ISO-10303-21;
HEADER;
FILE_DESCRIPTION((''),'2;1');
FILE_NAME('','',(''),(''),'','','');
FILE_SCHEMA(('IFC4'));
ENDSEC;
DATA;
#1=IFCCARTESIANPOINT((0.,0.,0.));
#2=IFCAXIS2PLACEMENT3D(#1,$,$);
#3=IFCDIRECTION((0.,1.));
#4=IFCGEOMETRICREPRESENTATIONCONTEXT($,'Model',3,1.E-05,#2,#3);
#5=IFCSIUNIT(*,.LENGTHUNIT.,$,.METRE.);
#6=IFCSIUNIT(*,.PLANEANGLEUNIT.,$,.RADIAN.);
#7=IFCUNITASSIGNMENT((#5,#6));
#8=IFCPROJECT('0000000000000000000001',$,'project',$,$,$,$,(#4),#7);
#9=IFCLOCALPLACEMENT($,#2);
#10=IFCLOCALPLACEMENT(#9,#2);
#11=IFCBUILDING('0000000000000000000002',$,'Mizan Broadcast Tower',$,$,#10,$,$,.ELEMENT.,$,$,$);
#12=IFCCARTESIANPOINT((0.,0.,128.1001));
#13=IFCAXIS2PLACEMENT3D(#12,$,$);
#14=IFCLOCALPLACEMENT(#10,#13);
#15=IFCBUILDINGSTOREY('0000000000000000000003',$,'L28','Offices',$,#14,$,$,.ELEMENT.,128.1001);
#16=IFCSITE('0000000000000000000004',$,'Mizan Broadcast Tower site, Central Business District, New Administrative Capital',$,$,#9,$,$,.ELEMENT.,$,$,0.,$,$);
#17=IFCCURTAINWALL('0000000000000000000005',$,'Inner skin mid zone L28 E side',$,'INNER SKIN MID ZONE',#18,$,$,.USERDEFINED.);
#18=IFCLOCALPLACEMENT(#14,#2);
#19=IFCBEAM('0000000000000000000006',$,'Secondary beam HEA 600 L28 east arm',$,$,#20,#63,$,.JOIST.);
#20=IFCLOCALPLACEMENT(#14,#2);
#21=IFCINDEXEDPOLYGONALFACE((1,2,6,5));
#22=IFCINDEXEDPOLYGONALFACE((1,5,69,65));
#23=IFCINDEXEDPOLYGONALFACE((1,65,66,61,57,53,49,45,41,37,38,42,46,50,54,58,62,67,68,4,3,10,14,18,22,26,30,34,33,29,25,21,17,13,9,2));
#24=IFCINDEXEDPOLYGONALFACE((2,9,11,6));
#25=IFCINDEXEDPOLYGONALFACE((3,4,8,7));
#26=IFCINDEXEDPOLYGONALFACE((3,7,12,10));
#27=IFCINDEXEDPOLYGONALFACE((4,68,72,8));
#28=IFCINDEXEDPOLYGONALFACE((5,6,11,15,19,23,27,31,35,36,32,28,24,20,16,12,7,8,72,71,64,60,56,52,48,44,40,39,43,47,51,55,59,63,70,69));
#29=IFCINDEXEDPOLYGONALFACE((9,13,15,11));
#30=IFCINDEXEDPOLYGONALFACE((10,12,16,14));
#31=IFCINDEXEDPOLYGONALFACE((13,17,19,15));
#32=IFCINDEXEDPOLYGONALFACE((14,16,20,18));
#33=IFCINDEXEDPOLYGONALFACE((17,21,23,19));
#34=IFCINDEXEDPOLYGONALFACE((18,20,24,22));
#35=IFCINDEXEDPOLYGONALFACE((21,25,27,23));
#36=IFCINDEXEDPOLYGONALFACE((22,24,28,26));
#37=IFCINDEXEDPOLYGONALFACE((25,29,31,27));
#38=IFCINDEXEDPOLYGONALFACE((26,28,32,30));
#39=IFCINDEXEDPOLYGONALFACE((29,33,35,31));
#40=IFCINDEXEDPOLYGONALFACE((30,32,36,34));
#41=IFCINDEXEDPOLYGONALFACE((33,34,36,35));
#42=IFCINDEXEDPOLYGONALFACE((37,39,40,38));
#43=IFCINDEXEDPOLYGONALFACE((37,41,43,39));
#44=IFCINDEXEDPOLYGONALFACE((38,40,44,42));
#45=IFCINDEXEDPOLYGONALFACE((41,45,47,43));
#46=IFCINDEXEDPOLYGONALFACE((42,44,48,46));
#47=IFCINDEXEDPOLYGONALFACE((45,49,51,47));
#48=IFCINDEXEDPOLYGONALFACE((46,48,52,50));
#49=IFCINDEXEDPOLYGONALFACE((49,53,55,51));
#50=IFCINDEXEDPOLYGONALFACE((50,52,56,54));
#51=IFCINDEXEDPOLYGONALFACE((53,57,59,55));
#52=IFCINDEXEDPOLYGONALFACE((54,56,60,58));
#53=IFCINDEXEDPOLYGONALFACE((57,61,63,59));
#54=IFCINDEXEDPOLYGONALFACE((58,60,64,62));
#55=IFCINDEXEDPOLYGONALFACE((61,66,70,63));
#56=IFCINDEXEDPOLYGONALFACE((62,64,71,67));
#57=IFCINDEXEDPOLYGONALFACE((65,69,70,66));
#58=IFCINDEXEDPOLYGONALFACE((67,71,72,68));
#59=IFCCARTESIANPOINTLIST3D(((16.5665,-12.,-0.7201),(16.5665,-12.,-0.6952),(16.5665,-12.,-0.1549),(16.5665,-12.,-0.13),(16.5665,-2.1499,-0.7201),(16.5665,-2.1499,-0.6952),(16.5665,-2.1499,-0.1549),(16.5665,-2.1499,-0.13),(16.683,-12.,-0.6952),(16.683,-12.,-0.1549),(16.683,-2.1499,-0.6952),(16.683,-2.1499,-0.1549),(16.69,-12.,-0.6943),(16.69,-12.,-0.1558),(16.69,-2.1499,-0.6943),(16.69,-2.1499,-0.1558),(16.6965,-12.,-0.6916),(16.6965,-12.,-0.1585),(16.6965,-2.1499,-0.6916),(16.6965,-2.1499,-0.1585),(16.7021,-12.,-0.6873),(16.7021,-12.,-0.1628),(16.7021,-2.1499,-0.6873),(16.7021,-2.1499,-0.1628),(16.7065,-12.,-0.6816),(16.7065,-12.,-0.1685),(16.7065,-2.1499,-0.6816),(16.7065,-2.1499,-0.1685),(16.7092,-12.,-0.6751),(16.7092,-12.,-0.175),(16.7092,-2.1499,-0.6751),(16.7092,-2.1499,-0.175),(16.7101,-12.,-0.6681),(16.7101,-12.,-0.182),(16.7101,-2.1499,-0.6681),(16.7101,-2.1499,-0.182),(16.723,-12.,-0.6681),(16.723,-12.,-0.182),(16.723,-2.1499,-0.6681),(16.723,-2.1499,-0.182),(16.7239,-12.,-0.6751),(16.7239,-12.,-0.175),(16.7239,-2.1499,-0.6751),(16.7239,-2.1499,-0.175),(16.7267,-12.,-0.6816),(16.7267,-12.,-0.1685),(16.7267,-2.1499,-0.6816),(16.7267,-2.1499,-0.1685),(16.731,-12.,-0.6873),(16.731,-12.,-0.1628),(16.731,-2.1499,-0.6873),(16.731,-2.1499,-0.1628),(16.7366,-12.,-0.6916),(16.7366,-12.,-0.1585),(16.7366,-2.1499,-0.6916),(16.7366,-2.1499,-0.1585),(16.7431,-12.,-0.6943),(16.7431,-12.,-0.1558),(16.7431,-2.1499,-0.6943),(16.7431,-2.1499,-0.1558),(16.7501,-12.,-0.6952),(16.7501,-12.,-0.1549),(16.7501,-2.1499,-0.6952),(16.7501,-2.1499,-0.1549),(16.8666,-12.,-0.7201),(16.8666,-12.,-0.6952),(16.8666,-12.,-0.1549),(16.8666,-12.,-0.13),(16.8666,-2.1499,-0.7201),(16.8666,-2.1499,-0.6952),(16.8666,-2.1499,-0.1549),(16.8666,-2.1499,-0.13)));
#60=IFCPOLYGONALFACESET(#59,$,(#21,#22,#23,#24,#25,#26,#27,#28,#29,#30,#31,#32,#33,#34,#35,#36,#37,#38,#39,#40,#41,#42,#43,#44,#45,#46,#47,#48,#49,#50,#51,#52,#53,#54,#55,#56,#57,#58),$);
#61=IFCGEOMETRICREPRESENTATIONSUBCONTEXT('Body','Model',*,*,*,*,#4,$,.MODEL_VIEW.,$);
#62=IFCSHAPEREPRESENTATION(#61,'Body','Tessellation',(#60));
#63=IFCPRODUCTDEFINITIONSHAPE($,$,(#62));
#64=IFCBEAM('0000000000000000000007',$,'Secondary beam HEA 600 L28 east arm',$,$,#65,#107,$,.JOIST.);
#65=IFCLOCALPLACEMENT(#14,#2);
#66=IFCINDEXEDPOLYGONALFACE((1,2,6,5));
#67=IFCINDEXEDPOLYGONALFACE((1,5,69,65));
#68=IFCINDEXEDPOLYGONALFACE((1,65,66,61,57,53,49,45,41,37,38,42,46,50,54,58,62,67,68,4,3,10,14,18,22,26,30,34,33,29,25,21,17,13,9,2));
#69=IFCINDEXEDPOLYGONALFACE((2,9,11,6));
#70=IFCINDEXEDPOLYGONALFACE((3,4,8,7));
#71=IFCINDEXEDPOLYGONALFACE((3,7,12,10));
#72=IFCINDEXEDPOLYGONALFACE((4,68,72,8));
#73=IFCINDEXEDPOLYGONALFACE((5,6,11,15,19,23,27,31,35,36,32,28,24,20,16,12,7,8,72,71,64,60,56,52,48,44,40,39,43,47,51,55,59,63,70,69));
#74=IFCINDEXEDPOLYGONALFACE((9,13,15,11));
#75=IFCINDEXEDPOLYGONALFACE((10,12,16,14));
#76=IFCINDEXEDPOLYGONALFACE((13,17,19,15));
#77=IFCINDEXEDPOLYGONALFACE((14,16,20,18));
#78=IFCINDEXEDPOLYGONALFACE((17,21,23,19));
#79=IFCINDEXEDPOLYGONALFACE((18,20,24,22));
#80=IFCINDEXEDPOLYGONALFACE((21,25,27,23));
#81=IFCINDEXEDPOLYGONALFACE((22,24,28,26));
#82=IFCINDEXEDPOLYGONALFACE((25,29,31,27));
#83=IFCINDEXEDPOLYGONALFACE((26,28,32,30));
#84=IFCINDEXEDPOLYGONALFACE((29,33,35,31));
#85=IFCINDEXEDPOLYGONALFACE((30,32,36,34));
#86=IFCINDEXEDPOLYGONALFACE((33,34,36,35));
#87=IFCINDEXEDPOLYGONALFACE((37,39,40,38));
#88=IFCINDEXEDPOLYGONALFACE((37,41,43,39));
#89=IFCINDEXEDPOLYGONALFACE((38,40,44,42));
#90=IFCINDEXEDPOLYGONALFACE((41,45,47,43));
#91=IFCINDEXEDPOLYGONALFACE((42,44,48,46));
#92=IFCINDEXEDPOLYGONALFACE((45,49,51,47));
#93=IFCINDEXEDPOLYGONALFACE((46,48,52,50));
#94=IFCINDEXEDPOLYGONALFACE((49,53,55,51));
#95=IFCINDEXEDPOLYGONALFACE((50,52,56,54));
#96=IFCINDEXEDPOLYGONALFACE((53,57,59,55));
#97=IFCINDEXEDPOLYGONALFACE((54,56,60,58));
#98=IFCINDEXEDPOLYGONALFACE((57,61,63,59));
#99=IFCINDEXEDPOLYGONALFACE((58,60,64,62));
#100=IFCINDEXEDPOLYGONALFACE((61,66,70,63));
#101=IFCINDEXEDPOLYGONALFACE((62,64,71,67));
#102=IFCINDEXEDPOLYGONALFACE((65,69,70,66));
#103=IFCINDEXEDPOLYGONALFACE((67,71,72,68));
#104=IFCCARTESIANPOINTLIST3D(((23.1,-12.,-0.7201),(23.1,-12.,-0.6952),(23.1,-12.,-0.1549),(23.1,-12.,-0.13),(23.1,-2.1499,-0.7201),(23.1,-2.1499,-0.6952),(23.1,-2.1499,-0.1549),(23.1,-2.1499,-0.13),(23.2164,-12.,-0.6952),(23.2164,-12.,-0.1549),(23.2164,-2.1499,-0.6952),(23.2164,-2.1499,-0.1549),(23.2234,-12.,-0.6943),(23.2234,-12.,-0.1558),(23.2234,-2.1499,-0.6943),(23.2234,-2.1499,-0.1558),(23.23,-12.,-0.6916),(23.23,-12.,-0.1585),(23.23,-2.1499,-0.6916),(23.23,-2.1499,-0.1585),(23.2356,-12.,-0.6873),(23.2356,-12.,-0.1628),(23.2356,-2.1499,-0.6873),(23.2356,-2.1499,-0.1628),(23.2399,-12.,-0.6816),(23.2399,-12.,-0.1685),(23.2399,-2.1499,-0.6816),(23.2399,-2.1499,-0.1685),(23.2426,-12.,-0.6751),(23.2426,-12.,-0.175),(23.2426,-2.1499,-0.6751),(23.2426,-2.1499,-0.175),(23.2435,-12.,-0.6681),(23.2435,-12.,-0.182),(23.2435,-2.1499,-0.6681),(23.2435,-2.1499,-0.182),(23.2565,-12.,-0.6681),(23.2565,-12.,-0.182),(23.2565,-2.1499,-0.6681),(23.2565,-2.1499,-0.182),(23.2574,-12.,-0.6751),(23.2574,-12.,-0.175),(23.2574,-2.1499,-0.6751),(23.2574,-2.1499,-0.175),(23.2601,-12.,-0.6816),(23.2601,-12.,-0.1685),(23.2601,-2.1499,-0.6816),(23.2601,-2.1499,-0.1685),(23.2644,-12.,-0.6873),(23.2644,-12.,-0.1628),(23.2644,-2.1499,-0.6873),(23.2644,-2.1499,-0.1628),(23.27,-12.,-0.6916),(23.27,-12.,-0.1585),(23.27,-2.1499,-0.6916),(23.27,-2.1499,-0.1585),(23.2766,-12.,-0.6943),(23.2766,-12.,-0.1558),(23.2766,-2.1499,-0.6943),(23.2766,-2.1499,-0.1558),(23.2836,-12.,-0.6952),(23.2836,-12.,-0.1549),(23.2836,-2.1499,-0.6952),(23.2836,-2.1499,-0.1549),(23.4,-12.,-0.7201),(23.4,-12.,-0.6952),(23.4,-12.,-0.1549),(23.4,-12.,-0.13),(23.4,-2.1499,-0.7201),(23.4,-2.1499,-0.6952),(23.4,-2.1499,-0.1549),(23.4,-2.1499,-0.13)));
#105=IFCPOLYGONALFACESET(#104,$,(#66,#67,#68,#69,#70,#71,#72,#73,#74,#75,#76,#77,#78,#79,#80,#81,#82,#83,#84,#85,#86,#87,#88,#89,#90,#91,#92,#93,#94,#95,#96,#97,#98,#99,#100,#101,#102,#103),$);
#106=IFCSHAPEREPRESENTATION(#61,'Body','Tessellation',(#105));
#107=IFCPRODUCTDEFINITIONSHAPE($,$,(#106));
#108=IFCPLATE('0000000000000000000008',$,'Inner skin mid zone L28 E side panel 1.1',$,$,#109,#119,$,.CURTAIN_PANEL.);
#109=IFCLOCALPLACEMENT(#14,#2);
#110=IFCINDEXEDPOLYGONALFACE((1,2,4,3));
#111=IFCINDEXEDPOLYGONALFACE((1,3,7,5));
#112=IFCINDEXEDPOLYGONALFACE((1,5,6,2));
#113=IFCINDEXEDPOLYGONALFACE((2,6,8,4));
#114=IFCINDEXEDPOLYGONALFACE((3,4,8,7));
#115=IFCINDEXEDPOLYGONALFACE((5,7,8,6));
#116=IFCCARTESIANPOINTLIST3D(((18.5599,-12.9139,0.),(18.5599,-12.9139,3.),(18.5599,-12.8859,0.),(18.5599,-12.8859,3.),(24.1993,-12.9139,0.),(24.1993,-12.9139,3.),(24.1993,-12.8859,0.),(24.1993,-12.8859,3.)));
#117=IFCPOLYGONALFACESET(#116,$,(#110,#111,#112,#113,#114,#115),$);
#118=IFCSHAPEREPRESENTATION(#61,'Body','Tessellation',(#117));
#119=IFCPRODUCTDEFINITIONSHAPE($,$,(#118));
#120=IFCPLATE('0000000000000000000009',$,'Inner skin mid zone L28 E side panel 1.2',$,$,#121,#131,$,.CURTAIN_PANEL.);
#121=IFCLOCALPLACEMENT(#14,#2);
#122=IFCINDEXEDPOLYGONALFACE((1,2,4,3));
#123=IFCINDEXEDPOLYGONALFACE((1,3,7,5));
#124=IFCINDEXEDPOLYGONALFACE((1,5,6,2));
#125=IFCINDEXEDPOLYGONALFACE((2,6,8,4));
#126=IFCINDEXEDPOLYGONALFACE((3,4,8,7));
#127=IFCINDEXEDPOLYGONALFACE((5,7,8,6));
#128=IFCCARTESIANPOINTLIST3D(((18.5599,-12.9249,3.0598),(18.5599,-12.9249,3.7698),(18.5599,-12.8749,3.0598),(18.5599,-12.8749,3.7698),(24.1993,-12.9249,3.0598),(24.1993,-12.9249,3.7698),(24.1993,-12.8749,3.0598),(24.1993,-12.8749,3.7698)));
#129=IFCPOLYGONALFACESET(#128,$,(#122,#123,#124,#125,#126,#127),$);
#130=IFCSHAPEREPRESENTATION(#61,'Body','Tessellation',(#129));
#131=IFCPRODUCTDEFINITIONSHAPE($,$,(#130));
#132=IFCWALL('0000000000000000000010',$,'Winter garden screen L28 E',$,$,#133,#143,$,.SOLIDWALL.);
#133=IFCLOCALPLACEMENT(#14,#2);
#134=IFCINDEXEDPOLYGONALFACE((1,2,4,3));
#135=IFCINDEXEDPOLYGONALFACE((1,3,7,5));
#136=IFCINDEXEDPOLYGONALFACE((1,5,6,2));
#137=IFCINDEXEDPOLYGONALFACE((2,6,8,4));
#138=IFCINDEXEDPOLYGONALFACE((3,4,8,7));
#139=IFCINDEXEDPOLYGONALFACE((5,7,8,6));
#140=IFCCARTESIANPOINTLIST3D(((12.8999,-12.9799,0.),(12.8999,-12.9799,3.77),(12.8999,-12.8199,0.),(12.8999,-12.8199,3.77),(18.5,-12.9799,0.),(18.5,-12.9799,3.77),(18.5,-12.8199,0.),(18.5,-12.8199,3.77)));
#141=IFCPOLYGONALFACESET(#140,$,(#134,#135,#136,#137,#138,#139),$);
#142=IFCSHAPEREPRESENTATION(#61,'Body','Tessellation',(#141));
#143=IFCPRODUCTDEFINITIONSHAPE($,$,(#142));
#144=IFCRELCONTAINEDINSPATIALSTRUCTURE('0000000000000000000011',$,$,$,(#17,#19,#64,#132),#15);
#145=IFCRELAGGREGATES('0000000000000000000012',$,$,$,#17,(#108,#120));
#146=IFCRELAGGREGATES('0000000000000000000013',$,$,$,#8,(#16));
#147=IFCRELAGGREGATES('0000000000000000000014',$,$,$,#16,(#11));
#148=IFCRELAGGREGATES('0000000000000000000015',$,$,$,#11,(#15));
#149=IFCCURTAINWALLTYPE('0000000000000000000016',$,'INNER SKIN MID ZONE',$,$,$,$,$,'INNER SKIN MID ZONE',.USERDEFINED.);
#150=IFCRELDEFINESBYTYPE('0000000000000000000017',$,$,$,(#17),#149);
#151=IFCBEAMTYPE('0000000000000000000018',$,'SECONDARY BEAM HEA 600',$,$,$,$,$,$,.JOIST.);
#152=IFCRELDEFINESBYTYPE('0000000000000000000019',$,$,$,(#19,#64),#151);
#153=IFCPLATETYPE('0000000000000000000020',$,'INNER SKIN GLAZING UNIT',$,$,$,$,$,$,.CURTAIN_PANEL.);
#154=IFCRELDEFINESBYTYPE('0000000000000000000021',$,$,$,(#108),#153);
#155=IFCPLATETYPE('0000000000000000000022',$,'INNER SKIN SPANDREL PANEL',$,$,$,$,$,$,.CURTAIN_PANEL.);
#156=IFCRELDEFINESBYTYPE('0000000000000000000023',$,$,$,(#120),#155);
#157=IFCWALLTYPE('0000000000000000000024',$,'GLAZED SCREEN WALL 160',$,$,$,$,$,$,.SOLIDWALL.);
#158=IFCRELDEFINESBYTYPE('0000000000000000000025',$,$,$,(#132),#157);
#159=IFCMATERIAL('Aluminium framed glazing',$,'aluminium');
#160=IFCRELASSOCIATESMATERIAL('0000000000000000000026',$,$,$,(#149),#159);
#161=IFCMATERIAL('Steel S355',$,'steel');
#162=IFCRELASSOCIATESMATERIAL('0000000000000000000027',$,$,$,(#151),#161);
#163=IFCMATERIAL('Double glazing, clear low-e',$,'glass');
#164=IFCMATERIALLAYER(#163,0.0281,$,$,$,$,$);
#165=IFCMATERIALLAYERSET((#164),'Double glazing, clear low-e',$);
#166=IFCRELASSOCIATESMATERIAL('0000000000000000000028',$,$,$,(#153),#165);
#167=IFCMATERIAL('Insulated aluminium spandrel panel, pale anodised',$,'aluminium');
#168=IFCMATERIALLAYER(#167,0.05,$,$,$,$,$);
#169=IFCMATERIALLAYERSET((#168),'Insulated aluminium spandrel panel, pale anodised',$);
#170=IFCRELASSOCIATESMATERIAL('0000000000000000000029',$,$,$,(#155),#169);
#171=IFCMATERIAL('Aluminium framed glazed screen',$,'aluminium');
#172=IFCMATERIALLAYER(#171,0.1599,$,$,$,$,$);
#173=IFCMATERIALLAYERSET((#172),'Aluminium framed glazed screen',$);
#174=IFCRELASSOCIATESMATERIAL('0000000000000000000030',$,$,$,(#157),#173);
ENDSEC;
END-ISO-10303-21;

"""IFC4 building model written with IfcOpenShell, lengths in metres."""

from ifc_helpers import new_model, si_unit, direction, frame, frame_2d, origin, origin_2d, place, context, subcontext, project, spatial, rectangle, i_section, extrude, material, layer, layer_set, material_profile, profile_set, type_object, element, aggregate, save


model = new_model("IFC4")

# Units and contexts
model_context = context("Model", 3, precision=1e-05, world=origin(), true_north=direction((0.0, 1.0)))
body_context = subcontext(model_context, "Body", "Model", "MODEL_VIEW")
ifc_project = project(units=[si_unit("LENGTHUNIT", "METRE"), si_unit("PLANEANGLEUNIT", "RADIAN")], contexts=[model_context])

# Site, building, storey
site_placement = place(None, origin())
site = spatial("IfcSite", under=ifc_project, at=site_placement, Name="Mizan Broadcast Tower site, Central Business District, New Administrative Capital", CompositionType="ELEMENT", RefElevation=0.0)
building_placement = place(site_placement, origin())
building = spatial("IfcBuilding", under=site, at=building_placement, Name="Mizan Broadcast Tower", CompositionType="ELEMENT")
storey_placement = place(building_placement, frame((0.0, 0.0, 128.1001)))
storey = spatial("IfcBuildingStorey", under=building, at=storey_placement, Name="L28", Description="Offices", CompositionType="ELEMENT", Elevation=128.1001)

# Curtain wall
ifc_material_1 = material(Name="Aluminium framed glazing", Category="aluminium")
curtain_wall_type_1 = type_object("IfcCurtainWallType", Name="INNER SKIN MID ZONE", ElementType="INNER SKIN MID ZONE", PredefinedType="USERDEFINED", material=ifc_material_1)
curtain_wall_1_placement = place(storey_placement, origin())
curtain_wall_1 = element("IfcCurtainWall", 1, at=curtain_wall_1_placement, inside=storey, type_object=curtain_wall_type_1, Name="Inner skin mid zone L28 E side", ObjectType="INNER SKIN MID ZONE", PredefinedType="USERDEFINED")

# Beams
ifc_material_2 = material(Name="Steel S355", Category="steel")
ifc_material_profile_1 = material_profile(ifc_material_2, i_section(OverallWidth=0.3, OverallDepth=0.5901, WebThickness=0.0129, FlangeThickness=0.0249, FilletRadius=0.0271, at=origin_2d()), Name="HEA 600")
ifc_profile_set_1 = profile_set([ifc_material_profile_1], Name="Steel S355")
beam_type_1 = type_object("IfcBeamType", Name="SECONDARY BEAM HEA 600", PredefinedType="JOIST", material=ifc_profile_set_1)
for number, where, z_axis, x_axis, name in (
    (2, (16.7166, -12.0, -0.425), (0.0, 1.0, 0.0), (-1.0, 0.0, 0.0), "Secondary beam HEA 600 L28 east arm"),
    (3, (23.25, -12.0, -0.425), (0.0, 1.0, 0.0), (-1.0, 0.0, 0.0), "Secondary beam HEA 600 L28 east arm"),
):
    element("IfcBeam", number, at=place(storey_placement, frame(where, z_axis=z_axis, x_axis=x_axis)), inside=storey, type_object=beam_type_1, Name=name, PredefinedType="JOIST", context=body_context, shape_type="SweptSolid", body=[
        extrude(i_section(OverallWidth=0.3, OverallDepth=0.5901, WebThickness=0.0129, FlangeThickness=0.0249, FilletRadius=0.0271, at=origin_2d()), origin(), (0.0, 0.0, 1.0), 9.8501),
    ])

# Plates
ifc_material_3 = material(Name="Double glazing, clear low-e", Category="glass")
ifc_layer_1 = layer(ifc_material_3, 0.0281)
ifc_layer_set_1 = layer_set([ifc_layer_1], Name="Double glazing, clear low-e")
plate_type_1 = type_object("IfcPlateType", Name="INNER SKIN GLAZING UNIT", PredefinedType="CURTAIN_PANEL", material=ifc_layer_set_1)
plate_1_placement = place(storey_placement, frame((21.3796, -12.8999, 0.0), z_axis=(0.0, 0.0, 1.0), x_axis=(1.0, 0.0, 0.0)))
plate_1 = element("IfcPlate", 4, at=plate_1_placement, type_object=plate_type_1, Name="Inner skin mid zone L28 E side panel 1.1", PredefinedType="CURTAIN_PANEL", context=body_context, shape_type="SweptSolid", body=[
    extrude(rectangle(XDim=5.6394, YDim=0.0281, at=origin_2d()), origin(), (0.0, 0.0, 1.0), 3.0),
])
ifc_material_4 = material(Name="Insulated aluminium spandrel panel, pale anodised", Category="aluminium")
ifc_layer_2 = layer(ifc_material_4, 0.05)
ifc_layer_set_2 = layer_set([ifc_layer_2], Name="Insulated aluminium spandrel panel, pale anodised")
plate_type_2 = type_object("IfcPlateType", Name="INNER SKIN SPANDREL PANEL", PredefinedType="CURTAIN_PANEL", material=ifc_layer_set_2)
plate_2_placement = place(storey_placement, frame((21.3796, -12.8999, 3.0598), z_axis=(0.0, 0.0, 1.0), x_axis=(1.0, 0.0, 0.0)))
plate_2 = element("IfcPlate", 5, at=plate_2_placement, type_object=plate_type_2, Name="Inner skin mid zone L28 E side panel 1.2", PredefinedType="CURTAIN_PANEL", context=body_context, shape_type="SweptSolid", body=[
    extrude(rectangle(XDim=5.6394, YDim=0.05, at=origin_2d()), origin(), (0.0, 0.0, 1.0), 0.71),
])
aggregate(curtain_wall_1, [plate_1, plate_2])

# Wall
ifc_material_5 = material(Name="Aluminium framed glazed screen", Category="aluminium")
ifc_layer_3 = layer(ifc_material_5, 0.1599)
ifc_layer_set_3 = layer_set([ifc_layer_3], Name="Aluminium framed glazed screen")
wall_type_1 = type_object("IfcWallType", Name="GLAZED SCREEN WALL 160", PredefinedType="SOLIDWALL", material=ifc_layer_set_3)
wall_1_placement = place(storey_placement, frame((12.8999, -12.8999, 0.0), z_axis=(0.0, 0.0, 1.0), x_axis=(1.0, 0.0, 0.0)))
element("IfcWall", 6, at=wall_1_placement, inside=storey, type_object=wall_type_1, Name="Winter garden screen L28 E", PredefinedType="SOLIDWALL", context=body_context, shape_type="SweptSolid", body=[
    extrude(rectangle(XDim=5.6001, YDim=0.1599, at=frame_2d((2.8, 0.0))), origin(), (0.0, 0.0, 1.0), 3.77),
])

save(model, "model.ifc")
